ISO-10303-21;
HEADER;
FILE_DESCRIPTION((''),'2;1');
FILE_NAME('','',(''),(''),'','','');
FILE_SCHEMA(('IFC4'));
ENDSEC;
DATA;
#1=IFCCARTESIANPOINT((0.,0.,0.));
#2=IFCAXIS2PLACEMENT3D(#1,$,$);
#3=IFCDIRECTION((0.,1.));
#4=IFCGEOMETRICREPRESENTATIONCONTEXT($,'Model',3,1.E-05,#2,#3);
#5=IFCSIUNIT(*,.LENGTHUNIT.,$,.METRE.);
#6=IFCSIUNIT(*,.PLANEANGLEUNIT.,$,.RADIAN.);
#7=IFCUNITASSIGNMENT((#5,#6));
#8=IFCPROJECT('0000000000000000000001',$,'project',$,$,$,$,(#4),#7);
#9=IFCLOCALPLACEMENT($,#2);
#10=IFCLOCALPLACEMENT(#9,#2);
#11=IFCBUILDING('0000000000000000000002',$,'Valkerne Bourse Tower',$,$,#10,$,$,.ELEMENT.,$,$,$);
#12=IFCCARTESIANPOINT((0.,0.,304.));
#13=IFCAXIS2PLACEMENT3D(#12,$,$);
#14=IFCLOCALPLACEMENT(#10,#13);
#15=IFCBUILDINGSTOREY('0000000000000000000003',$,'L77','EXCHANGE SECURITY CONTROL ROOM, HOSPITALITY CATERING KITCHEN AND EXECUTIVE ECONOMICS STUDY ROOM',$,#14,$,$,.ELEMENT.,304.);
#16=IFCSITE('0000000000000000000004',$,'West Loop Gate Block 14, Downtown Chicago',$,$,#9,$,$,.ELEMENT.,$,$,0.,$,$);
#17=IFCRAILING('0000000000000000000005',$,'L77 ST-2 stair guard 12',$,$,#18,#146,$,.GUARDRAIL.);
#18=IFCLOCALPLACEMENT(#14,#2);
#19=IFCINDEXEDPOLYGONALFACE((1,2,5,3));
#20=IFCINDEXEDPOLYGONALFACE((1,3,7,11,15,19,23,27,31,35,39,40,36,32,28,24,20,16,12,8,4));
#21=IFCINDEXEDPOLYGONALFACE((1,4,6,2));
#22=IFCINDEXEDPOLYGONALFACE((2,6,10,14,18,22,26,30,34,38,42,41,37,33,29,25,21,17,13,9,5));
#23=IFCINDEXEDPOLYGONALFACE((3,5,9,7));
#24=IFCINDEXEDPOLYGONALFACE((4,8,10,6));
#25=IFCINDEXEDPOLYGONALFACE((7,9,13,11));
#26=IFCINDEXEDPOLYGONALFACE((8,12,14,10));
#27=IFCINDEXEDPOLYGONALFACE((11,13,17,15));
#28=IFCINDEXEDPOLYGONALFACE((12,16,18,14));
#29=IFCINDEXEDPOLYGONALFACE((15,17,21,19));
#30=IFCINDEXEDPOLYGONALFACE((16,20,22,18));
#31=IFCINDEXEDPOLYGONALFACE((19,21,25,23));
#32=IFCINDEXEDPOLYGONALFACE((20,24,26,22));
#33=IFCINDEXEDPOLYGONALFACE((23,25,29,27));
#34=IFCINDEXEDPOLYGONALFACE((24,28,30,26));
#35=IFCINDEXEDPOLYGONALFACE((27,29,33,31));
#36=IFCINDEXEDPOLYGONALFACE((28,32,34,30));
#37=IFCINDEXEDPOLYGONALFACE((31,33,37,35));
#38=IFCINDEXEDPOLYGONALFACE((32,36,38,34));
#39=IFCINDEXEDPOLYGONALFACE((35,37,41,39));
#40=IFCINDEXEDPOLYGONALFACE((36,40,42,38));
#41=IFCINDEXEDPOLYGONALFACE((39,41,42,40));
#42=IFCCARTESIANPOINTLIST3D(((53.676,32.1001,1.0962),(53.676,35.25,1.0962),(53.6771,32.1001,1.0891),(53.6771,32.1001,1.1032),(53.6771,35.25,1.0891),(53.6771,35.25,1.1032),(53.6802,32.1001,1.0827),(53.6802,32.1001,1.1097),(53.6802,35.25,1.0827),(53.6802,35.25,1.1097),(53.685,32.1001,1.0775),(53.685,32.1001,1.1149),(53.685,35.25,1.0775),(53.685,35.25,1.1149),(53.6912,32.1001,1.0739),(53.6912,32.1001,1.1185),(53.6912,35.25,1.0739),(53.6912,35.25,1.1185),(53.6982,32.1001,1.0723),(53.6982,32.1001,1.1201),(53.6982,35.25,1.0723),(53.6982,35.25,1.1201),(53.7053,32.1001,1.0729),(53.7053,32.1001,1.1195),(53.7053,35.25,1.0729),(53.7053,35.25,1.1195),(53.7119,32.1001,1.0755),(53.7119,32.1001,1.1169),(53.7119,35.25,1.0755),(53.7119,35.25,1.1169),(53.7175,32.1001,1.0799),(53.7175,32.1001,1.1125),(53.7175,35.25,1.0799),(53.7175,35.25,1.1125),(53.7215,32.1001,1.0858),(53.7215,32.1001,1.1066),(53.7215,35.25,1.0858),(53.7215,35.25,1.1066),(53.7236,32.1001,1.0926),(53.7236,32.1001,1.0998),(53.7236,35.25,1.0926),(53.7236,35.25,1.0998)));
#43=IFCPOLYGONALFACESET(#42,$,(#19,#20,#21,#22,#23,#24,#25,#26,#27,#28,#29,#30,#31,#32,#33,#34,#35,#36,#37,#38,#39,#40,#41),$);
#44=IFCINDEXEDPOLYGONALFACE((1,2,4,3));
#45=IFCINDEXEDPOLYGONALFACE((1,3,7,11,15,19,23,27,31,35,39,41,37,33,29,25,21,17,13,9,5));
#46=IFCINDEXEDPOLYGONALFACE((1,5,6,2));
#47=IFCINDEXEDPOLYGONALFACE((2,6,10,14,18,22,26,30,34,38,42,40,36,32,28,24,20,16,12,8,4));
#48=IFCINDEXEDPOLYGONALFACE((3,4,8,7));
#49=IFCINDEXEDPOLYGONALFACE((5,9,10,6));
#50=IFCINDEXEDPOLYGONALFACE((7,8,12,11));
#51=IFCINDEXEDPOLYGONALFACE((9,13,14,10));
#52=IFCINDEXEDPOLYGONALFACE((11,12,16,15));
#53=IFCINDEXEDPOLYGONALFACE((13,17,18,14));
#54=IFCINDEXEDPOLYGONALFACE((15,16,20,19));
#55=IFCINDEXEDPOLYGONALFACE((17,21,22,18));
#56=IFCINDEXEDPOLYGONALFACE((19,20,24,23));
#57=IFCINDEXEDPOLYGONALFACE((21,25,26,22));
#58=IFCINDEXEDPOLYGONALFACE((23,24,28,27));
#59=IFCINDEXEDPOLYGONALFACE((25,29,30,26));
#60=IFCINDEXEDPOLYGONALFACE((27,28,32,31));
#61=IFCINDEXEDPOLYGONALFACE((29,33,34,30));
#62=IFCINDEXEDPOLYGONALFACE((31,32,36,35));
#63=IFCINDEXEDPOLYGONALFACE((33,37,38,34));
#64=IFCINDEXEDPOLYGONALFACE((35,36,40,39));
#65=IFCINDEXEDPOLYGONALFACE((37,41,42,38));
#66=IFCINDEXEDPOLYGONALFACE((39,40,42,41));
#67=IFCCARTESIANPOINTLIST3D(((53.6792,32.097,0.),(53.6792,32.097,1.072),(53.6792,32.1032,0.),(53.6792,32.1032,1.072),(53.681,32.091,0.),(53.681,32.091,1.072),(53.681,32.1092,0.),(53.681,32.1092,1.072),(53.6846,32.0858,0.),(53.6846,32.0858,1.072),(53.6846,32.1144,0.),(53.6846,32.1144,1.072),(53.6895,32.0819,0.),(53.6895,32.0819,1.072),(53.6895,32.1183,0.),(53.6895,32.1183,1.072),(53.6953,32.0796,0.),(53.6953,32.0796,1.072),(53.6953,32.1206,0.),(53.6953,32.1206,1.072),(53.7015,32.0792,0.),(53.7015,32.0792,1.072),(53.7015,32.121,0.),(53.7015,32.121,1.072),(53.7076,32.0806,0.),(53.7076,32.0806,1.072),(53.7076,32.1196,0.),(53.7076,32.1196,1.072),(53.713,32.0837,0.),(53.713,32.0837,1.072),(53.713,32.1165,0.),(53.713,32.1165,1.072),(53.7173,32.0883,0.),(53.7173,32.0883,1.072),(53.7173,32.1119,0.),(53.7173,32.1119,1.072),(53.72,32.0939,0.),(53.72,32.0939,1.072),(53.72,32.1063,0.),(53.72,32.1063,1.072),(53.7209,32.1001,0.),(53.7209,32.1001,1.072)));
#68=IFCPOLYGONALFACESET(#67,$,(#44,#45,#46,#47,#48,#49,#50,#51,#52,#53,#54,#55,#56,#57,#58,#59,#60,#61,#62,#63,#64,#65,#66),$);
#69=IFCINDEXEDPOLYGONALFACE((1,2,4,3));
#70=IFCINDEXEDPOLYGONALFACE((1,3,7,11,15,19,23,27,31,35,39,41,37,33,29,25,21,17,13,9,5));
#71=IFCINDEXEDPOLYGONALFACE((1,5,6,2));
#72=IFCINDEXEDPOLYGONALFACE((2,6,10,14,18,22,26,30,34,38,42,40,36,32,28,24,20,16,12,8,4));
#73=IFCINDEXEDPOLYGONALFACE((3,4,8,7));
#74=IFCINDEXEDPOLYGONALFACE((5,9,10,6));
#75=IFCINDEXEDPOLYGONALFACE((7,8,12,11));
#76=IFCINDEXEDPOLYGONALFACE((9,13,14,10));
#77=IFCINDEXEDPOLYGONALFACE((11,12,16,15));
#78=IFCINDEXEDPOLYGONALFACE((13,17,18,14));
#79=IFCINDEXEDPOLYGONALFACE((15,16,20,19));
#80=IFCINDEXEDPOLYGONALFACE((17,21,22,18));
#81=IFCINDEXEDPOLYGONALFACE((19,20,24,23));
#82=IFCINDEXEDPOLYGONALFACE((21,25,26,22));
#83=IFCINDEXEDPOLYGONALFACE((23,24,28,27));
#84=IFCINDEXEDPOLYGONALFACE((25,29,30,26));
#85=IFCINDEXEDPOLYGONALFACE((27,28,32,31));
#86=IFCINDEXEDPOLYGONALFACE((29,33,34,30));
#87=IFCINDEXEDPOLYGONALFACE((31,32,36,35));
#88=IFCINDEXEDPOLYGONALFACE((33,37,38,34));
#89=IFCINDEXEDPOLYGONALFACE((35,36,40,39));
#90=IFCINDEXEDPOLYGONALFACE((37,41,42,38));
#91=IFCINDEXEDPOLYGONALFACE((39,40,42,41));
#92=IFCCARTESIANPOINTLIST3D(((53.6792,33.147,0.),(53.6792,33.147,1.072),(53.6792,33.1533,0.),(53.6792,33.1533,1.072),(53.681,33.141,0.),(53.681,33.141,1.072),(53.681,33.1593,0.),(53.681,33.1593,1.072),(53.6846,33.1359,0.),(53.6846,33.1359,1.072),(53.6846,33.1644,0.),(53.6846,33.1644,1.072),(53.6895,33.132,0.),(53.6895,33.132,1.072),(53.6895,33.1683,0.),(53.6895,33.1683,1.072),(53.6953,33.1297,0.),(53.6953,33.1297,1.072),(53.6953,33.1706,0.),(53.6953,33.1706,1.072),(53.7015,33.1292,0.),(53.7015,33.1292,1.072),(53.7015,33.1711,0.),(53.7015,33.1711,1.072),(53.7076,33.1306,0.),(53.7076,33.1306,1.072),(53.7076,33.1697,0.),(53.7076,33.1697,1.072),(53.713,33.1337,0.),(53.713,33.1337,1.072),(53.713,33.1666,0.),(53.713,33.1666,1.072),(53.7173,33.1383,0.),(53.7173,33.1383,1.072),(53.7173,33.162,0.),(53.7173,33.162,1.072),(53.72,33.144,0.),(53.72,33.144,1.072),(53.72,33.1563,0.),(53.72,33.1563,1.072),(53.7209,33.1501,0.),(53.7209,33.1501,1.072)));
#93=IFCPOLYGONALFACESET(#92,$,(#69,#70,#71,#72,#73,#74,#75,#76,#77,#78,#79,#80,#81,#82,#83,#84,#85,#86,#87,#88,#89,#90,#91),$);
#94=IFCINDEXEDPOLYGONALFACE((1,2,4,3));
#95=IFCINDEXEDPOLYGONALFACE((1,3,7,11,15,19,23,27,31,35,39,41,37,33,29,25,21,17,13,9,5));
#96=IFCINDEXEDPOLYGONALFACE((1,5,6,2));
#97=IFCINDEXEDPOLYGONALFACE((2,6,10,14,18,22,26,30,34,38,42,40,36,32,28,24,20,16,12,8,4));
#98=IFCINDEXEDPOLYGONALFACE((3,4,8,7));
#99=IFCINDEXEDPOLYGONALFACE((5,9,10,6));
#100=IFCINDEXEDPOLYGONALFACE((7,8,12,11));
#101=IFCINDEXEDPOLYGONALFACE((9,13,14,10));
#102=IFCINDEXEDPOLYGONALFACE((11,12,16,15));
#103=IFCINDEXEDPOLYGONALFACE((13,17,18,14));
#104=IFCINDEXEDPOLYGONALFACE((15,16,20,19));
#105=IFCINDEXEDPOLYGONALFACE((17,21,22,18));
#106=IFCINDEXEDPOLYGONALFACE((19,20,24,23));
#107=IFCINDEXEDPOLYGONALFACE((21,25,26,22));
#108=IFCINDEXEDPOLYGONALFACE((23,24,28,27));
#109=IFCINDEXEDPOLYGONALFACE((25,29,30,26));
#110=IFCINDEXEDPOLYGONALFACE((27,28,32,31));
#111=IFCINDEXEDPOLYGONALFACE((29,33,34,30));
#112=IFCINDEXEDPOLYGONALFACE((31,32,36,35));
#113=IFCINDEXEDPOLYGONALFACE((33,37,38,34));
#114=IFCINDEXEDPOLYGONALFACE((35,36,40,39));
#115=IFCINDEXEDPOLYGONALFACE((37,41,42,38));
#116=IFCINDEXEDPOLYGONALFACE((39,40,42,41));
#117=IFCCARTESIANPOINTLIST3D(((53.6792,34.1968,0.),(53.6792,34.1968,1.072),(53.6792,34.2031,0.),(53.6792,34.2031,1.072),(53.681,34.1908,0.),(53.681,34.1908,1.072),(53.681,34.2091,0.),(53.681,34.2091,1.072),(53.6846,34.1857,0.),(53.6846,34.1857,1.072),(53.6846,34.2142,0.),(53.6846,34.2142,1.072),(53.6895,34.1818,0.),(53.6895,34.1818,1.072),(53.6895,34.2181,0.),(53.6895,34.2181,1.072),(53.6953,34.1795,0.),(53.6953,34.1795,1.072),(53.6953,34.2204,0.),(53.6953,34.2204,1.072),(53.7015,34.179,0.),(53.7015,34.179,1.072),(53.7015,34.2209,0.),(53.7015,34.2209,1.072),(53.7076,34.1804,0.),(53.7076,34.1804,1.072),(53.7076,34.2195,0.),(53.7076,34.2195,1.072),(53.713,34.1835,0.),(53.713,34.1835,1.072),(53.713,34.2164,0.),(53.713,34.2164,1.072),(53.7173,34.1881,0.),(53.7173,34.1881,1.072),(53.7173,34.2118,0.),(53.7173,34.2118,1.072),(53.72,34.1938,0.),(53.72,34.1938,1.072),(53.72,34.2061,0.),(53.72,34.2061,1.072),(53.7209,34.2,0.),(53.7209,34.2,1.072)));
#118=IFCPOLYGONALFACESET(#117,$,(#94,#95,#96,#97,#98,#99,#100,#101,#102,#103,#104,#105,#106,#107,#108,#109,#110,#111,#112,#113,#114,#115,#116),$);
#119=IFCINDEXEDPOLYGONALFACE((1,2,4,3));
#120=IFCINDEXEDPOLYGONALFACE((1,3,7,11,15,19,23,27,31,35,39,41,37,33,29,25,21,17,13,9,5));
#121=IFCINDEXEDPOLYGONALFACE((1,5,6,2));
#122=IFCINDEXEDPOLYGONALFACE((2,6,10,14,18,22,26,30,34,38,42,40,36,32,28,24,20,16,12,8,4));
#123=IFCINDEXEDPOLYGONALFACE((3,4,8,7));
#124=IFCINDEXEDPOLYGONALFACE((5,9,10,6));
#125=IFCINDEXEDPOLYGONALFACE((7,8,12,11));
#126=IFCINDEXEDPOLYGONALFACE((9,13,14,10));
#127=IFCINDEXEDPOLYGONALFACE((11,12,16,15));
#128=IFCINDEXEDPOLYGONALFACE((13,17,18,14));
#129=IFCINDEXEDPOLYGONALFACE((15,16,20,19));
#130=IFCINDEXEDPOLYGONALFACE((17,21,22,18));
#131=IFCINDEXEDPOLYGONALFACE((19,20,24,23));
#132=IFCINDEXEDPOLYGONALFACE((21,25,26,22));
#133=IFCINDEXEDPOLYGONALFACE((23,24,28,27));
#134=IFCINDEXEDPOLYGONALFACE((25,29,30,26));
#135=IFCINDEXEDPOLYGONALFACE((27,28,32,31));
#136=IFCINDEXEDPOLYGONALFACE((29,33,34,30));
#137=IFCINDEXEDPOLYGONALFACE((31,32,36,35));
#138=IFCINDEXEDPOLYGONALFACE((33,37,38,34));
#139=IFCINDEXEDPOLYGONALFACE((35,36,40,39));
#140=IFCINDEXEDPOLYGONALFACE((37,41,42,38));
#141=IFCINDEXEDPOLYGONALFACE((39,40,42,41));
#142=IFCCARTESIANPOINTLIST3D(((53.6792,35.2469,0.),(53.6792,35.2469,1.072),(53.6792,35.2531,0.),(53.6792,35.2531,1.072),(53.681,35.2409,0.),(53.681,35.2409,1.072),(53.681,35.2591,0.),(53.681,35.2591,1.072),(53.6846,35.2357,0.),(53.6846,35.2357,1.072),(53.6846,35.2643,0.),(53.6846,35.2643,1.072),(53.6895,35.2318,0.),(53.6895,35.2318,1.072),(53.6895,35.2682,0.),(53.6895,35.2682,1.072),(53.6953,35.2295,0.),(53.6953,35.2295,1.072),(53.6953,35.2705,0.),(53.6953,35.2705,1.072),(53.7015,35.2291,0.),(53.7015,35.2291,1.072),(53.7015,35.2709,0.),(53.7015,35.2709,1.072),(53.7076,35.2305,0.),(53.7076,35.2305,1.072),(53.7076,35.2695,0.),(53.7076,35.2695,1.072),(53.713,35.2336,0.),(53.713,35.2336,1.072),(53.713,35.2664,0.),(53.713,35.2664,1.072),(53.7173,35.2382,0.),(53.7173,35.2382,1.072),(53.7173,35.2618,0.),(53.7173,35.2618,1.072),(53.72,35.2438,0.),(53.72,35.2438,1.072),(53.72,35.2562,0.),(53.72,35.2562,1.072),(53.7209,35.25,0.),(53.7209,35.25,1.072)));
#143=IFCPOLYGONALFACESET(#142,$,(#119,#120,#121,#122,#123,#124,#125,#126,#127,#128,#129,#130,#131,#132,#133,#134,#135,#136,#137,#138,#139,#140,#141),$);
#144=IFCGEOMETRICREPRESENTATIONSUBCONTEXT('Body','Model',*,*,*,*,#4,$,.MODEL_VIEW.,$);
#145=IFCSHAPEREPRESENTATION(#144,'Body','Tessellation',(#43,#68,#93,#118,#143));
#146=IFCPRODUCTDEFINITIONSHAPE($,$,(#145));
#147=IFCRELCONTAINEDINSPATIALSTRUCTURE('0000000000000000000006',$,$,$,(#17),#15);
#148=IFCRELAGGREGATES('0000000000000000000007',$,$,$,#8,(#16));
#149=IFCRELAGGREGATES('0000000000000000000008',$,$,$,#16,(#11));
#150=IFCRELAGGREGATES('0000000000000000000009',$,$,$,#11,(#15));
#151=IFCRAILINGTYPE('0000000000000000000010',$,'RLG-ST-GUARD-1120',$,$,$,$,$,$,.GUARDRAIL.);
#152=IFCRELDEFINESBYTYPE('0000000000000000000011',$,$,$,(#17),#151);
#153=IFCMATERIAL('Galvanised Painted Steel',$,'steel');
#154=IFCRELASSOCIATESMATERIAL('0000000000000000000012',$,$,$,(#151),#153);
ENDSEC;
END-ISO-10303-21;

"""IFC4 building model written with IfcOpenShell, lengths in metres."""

from ifc_helpers import new_model, si_unit, direction, frame, origin, origin_2d, place, context, subcontext, project, spatial, circle, extrude, material, type_object, element, save


model = new_model("IFC4")

# Units and contexts
model_context = context("Model", 3, precision=1e-05, world=origin(), true_north=direction((0.0, 1.0)))
body_context = subcontext(model_context, "Body", "Model", "MODEL_VIEW")
ifc_project = project(units=[si_unit("LENGTHUNIT", "METRE"), si_unit("PLANEANGLEUNIT", "RADIAN")], contexts=[model_context])

# Site, building, storey
site_placement = place(None, origin())
site = spatial("IfcSite", under=ifc_project, at=site_placement, Name="West Loop Gate Block 14, Downtown Chicago", CompositionType="ELEMENT", RefElevation=0.0)
building_placement = place(site_placement, origin())
building = spatial("IfcBuilding", under=site, at=building_placement, Name="Valkerne Bourse Tower", CompositionType="ELEMENT")
storey_placement = place(building_placement, frame((0.0, 0.0, 304.0)))
storey = spatial("IfcBuildingStorey", under=building, at=storey_placement, Name="L77", Description="EXCHANGE SECURITY CONTROL ROOM, HOSPITALITY CATERING KITCHEN AND EXECUTIVE ECONOMICS STUDY ROOM", CompositionType="ELEMENT", Elevation=304.0)

# Railing
ifc_material_1 = material(Name="Galvanised Painted Steel", Category="steel")
railing_type = type_object("IfcRailingType", Name="RLG-ST-GUARD-1120", PredefinedType="GUARDRAIL", material=ifc_material_1)
railing_1_placement = place(storey_placement, frame((53.7, 32.1001, 0.0)))
element("IfcRailing", 1, at=railing_1_placement, inside=storey, type_object=railing_type, Name="L77 ST-2 stair guard 12", PredefinedType="GUARDRAIL", context=body_context, shape_type="SweptSolid", body=[
    extrude(circle(Radius=0.0239, at=origin_2d()), frame((0.0, 0.0, 1.0962), z_axis=(0.0, 1.0, 0.0), x_axis=(-1.0, 0.0, 0.0)), (0.0, 0.0, 1.0), 3.1499),
    extrude(circle(Radius=0.021, at=origin_2d()), origin(), (0.0, 0.0, 1.0), 1.072),
    extrude(circle(Radius=0.021, at=origin_2d()), frame((0.0, 1.05, 0.0)), (0.0, 0.0, 1.0), 1.072),
    extrude(circle(Radius=0.021, at=origin_2d()), frame((0.0, 2.0999, 0.0)), (0.0, 0.0, 1.0), 1.072),
    extrude(circle(Radius=0.021, at=origin_2d()), frame((0.0, 3.1499, 0.0)), (0.0, 0.0, 1.0), 1.072),
])

save(model, "model.ifc")
